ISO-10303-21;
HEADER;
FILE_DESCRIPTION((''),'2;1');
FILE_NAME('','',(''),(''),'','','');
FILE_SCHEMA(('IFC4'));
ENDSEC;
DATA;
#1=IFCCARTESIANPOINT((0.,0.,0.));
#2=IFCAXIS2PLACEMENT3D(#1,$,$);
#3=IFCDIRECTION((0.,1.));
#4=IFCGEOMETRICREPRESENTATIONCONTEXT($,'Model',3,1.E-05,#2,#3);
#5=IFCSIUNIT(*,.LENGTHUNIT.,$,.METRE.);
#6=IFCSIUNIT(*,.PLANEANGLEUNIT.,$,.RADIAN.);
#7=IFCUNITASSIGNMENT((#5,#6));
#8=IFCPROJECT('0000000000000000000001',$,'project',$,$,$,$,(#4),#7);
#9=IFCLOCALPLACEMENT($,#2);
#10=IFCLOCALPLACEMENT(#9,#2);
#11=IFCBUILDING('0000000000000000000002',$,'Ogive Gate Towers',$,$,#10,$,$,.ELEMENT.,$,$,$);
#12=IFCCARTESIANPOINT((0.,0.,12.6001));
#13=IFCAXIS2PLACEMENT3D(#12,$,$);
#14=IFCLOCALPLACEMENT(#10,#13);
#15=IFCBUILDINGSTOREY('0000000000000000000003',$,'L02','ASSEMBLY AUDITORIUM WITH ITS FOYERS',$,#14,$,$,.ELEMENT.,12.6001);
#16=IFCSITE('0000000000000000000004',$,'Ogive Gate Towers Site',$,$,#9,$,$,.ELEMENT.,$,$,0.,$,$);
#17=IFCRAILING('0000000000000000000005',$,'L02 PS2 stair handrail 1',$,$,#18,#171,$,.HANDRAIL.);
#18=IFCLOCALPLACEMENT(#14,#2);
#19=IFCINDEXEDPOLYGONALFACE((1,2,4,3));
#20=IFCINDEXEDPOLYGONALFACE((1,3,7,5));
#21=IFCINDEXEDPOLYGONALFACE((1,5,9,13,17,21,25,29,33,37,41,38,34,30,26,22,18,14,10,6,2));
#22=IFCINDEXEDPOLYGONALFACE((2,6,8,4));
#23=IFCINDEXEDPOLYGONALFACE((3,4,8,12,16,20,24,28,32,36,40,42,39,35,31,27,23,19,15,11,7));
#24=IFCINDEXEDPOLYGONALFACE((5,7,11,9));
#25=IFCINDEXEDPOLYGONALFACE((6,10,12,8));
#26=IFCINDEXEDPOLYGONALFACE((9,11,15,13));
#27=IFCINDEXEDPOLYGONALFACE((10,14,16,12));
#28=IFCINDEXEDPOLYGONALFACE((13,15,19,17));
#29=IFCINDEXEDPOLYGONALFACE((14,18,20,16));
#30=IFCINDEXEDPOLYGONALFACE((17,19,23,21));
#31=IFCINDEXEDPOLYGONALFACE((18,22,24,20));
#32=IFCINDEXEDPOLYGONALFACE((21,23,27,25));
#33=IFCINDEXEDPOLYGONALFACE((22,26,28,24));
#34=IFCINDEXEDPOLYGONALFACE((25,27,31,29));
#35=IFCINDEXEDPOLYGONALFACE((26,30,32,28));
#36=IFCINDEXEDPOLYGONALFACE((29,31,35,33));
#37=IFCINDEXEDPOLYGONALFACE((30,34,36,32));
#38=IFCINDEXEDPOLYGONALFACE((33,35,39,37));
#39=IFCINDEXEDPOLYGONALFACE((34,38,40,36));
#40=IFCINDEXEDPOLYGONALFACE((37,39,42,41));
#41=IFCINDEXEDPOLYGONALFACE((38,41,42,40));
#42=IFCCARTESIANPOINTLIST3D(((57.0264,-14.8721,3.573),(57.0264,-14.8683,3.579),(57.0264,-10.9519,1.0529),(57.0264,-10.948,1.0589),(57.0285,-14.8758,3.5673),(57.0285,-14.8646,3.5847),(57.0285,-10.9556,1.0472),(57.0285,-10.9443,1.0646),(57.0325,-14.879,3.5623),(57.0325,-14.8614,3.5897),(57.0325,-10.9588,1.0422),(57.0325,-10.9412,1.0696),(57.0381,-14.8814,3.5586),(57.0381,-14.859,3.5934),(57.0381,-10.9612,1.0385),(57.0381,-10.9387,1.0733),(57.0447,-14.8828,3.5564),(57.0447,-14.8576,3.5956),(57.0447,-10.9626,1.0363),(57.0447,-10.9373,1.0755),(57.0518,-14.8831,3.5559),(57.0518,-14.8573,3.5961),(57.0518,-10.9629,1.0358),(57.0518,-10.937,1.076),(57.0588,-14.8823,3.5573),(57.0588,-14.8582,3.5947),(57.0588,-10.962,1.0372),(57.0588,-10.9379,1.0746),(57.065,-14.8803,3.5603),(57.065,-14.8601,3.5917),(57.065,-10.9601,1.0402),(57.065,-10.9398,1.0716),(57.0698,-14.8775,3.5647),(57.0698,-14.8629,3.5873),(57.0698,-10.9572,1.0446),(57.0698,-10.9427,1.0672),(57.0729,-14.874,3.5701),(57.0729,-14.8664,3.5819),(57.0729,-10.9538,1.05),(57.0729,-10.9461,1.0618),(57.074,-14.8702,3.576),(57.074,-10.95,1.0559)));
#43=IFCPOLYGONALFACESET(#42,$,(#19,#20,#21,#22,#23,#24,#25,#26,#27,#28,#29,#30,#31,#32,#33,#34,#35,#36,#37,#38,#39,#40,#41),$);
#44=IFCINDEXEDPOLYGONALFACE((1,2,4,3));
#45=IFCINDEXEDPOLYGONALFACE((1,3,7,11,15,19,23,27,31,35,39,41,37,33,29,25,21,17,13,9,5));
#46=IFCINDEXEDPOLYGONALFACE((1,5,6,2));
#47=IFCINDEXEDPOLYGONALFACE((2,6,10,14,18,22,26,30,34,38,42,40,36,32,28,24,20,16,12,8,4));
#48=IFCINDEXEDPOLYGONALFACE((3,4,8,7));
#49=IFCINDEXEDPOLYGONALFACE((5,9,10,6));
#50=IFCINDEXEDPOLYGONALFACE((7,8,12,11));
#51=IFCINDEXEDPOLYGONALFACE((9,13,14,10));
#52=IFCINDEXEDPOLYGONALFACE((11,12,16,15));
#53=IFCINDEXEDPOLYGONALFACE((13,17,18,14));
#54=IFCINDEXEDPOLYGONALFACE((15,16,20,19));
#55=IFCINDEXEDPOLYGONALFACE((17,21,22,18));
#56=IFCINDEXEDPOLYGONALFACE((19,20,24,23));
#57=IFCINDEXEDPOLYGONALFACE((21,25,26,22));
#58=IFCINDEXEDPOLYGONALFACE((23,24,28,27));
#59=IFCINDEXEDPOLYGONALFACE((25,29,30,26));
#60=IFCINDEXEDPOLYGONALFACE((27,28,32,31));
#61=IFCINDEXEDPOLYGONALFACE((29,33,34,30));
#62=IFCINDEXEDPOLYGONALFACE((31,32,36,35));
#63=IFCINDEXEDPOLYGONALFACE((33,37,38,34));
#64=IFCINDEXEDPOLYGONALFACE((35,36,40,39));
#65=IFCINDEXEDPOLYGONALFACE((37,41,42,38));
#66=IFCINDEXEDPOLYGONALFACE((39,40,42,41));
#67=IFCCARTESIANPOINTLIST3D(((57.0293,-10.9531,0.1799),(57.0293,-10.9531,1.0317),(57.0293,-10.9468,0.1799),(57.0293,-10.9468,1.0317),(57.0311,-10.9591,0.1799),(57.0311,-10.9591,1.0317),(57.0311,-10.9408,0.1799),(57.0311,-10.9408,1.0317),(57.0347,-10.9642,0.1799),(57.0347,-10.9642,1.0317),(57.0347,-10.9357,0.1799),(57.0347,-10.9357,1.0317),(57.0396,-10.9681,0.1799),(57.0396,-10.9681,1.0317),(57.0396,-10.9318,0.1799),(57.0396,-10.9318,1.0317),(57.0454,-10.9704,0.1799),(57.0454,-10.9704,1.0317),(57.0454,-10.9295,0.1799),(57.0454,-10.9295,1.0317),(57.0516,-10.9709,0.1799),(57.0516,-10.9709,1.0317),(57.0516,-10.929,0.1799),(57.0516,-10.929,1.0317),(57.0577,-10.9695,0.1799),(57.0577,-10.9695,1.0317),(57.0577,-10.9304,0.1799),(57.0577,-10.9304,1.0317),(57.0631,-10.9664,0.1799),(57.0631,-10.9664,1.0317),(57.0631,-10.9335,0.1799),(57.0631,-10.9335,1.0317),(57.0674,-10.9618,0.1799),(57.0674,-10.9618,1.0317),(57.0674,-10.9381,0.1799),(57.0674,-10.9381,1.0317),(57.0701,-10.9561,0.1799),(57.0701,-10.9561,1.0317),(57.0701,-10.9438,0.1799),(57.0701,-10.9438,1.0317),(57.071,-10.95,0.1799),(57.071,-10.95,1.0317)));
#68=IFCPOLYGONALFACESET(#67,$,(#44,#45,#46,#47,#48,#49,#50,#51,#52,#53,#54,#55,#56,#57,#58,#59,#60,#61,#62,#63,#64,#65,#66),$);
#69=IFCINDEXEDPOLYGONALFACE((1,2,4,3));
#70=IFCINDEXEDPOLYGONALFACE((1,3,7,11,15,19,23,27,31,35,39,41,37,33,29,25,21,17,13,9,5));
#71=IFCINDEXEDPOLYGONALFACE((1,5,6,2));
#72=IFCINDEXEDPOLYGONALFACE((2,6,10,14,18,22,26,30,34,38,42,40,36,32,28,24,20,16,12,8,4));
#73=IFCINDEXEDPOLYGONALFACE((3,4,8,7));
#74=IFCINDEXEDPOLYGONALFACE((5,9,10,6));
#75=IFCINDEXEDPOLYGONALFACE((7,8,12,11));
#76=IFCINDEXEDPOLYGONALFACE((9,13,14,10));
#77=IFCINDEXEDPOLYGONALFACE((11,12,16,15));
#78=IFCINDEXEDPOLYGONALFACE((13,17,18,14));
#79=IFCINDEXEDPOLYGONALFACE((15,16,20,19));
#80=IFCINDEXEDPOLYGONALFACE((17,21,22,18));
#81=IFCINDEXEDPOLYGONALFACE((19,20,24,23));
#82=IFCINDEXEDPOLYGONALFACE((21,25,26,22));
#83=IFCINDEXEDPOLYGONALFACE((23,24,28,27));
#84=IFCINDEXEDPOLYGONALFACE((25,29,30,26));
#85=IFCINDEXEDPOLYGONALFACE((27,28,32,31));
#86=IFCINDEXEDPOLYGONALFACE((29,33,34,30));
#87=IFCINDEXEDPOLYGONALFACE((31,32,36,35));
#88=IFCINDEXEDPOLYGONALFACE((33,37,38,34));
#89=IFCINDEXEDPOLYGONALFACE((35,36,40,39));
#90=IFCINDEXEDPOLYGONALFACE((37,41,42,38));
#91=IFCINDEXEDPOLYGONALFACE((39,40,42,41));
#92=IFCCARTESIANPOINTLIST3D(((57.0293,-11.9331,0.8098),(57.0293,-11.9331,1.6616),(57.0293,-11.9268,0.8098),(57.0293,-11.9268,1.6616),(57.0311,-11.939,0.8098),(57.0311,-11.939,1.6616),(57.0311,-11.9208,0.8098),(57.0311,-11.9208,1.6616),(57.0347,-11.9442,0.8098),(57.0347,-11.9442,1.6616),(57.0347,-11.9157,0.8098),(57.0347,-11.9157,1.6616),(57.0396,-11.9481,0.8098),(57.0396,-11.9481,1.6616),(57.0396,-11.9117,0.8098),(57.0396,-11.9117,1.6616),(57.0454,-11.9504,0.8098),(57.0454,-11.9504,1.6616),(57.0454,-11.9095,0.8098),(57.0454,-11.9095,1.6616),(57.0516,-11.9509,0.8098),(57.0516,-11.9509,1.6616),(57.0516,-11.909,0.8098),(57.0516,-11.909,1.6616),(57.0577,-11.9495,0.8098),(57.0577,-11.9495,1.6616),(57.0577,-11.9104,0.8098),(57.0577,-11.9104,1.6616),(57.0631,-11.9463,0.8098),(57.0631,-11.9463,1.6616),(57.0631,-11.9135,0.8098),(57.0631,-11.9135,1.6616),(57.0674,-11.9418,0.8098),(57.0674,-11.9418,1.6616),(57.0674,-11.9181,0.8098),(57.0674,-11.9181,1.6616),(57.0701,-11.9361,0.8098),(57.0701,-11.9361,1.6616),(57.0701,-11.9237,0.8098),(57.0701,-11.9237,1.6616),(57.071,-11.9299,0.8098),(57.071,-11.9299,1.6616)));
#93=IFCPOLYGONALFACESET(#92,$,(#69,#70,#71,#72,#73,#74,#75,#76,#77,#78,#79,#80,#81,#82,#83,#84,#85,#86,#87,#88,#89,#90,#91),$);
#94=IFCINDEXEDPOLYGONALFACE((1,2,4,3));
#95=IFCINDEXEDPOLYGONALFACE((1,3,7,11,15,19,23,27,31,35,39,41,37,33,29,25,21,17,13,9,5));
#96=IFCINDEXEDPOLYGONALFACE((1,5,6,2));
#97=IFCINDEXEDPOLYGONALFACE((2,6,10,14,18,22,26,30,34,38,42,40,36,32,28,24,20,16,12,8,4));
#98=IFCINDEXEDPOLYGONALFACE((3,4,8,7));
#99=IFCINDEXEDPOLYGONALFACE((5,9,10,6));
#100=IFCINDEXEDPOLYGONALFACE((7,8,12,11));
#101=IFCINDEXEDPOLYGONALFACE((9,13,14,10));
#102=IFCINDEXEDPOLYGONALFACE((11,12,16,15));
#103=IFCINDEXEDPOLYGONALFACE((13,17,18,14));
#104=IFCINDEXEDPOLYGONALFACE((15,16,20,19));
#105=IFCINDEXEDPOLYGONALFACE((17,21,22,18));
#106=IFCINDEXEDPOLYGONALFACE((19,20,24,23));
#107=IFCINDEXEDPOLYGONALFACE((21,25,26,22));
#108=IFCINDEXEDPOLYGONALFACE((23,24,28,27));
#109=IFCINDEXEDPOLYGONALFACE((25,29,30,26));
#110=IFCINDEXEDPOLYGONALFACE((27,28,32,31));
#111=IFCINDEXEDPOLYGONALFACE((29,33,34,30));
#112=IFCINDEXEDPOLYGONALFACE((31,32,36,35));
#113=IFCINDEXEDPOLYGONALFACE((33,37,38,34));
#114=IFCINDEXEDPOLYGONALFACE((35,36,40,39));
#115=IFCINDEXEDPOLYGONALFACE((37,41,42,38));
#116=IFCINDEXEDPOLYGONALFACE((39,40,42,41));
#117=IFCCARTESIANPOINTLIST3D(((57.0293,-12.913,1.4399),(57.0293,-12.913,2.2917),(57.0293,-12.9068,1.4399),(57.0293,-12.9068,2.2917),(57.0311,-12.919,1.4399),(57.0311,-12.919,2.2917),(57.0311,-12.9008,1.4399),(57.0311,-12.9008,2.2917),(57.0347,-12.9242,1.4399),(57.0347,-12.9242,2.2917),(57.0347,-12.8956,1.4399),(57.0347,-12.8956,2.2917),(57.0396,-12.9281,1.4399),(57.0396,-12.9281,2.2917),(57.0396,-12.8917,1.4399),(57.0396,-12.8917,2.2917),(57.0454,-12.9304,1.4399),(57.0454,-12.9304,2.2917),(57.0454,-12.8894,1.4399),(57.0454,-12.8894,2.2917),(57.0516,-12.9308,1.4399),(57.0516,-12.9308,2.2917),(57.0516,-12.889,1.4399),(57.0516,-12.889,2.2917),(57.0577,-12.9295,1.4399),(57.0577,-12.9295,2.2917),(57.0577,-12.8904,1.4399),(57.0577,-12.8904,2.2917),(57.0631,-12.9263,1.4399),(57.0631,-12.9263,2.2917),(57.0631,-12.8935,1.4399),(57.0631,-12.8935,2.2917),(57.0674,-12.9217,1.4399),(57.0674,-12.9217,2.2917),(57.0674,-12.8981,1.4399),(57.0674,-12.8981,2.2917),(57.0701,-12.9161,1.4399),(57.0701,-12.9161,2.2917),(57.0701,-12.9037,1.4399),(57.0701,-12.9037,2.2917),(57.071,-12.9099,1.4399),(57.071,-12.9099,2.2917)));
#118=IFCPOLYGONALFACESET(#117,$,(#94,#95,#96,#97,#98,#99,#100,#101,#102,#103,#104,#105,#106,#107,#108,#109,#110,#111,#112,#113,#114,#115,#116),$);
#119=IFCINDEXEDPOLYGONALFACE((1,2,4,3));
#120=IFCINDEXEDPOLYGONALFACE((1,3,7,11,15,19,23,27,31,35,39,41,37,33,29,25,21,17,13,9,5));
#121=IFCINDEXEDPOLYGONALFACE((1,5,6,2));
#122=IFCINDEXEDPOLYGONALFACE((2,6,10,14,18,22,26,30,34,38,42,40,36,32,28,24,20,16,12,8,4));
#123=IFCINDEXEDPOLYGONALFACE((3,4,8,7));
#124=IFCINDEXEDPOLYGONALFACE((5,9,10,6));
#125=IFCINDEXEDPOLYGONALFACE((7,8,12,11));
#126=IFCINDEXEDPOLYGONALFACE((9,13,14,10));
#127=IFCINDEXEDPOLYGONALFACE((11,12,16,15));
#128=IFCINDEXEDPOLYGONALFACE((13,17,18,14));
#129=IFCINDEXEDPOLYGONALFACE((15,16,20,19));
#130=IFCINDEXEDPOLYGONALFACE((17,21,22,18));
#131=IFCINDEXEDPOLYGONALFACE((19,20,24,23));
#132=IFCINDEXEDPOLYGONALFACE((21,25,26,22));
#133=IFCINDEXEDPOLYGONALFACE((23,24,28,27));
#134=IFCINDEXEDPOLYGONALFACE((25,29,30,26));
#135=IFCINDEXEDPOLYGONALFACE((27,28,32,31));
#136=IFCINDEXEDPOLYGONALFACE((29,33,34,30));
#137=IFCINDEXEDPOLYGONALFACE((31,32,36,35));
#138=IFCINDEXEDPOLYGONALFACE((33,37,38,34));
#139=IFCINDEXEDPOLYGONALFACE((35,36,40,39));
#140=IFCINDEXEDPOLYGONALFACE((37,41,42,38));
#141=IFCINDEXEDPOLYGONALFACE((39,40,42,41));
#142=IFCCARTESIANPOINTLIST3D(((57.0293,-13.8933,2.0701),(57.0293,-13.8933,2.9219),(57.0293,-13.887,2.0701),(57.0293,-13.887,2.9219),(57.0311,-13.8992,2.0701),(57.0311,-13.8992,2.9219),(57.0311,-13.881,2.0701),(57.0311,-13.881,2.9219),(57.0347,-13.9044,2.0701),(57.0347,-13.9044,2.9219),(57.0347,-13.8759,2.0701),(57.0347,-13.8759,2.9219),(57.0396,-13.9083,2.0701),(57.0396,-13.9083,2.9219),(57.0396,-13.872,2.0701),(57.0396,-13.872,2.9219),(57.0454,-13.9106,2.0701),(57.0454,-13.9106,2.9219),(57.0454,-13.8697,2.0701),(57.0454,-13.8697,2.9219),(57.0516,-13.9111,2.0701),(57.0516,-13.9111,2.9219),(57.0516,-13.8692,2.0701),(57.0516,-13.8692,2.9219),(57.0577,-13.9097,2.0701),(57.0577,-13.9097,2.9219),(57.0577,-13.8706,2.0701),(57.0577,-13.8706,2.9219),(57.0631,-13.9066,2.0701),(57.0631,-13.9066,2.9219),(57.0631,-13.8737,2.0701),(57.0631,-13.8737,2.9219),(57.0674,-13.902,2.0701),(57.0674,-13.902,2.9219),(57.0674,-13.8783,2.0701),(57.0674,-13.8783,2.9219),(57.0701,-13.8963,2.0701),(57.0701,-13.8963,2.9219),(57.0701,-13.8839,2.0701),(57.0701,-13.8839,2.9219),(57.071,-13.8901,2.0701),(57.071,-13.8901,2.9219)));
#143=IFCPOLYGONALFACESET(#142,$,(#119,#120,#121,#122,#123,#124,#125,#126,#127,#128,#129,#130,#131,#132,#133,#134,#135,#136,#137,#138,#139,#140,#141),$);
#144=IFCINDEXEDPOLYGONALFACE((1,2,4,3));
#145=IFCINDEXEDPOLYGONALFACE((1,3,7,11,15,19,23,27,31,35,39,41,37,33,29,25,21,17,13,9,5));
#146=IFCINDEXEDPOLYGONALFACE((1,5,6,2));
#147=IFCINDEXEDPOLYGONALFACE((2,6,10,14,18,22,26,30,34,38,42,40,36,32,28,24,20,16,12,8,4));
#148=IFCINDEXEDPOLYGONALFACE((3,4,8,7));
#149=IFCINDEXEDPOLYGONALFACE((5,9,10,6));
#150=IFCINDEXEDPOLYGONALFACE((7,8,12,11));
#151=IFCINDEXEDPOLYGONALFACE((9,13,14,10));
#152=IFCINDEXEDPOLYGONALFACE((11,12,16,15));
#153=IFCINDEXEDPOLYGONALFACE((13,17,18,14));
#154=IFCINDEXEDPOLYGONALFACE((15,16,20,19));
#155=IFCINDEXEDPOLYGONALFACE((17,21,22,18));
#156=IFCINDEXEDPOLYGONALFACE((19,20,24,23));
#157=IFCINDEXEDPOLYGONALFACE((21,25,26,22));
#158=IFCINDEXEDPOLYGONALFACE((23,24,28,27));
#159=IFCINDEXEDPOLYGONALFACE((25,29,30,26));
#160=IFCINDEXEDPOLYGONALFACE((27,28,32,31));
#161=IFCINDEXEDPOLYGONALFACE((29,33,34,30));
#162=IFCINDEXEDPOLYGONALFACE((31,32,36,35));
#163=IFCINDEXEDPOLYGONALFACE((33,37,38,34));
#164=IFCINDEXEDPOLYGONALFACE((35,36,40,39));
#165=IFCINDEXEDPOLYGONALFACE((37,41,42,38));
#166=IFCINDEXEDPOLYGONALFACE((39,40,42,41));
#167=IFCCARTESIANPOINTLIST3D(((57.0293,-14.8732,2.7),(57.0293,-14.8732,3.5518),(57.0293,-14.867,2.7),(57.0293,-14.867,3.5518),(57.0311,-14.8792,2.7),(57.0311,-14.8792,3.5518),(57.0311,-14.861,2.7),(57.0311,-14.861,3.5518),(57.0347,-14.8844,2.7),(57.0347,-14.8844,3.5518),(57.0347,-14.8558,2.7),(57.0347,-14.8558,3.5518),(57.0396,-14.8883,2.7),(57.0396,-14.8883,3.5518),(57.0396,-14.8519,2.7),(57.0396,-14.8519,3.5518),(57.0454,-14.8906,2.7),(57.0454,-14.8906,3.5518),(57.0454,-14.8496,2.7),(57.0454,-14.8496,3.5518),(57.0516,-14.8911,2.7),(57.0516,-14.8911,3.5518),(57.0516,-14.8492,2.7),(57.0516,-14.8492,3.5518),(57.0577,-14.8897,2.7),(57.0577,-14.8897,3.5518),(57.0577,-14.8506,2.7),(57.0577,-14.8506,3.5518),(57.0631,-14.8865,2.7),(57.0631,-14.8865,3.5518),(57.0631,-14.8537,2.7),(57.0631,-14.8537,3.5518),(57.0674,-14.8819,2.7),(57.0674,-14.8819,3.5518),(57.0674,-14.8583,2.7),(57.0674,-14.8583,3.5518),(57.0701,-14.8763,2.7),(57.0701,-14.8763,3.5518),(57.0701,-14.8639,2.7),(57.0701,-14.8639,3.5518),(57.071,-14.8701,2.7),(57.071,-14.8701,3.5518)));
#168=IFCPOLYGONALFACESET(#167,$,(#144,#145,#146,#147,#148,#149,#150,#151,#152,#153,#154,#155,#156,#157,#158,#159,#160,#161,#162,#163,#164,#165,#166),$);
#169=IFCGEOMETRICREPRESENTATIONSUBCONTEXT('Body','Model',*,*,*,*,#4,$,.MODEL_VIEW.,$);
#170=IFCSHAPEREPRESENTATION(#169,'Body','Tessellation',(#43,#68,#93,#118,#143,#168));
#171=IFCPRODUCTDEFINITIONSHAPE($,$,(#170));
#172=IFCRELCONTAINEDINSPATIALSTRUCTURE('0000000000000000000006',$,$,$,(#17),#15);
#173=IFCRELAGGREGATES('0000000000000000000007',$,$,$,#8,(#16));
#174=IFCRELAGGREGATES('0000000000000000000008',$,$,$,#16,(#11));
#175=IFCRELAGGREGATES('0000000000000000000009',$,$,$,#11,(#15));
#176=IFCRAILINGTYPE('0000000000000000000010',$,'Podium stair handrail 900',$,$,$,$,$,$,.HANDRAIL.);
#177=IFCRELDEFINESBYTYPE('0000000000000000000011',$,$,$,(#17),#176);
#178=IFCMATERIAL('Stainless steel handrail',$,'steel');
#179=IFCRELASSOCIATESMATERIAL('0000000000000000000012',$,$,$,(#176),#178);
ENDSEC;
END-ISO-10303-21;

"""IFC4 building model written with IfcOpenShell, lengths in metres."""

from ifc_helpers import new_model, si_unit, direction, frame, origin, origin_2d, place, context, subcontext, project, spatial, circle, extrude, material, type_object, element, save


model = new_model("IFC4")

# Units and contexts
model_context = context("Model", 3, precision=1e-05, world=origin(), true_north=direction((0.0, 1.0)))
body_context = subcontext(model_context, "Body", "Model", "MODEL_VIEW")
ifc_project = project(units=[si_unit("LENGTHUNIT", "METRE"), si_unit("PLANEANGLEUNIT", "RADIAN")], contexts=[model_context])

# Site, building, storey
site_placement = place(None, origin())
site = spatial("IfcSite", under=ifc_project, at=site_placement, Name="Ogive Gate Towers Site", CompositionType="ELEMENT", RefElevation=0.0)
building_placement = place(site_placement, origin())
building = spatial("IfcBuilding", under=site, at=building_placement, Name="Ogive Gate Towers", CompositionType="ELEMENT")
storey_placement = place(building_placement, frame((0.0, 0.0, 12.6001)))
storey = spatial("IfcBuildingStorey", under=building, at=storey_placement, Name="L02", Description="ASSEMBLY AUDITORIUM WITH ITS FOYERS", CompositionType="ELEMENT", Elevation=12.6001)

# Railing
ifc_material_1 = material(Name="Stainless steel handrail", Category="steel")
railing_type_1 = type_object("IfcRailingType", Name="Podium stair handrail 900", PredefinedType="HANDRAIL", material=ifc_material_1)
railing_1_placement = place(storey_placement, frame((57.05, -10.95, 0.1799)))
element("IfcRailing", 1, at=railing_1_placement, inside=storey, type_object=railing_type_1, Name="L02 PS2 stair handrail 1", PredefinedType="HANDRAIL", context=body_context, shape_type="SweptSolid", body=[
    extrude(circle(Radius=0.0239, at=origin_2d()), frame((0.0, 0.0, 0.876), z_axis=(0.0, -0.841187, 0.540744), x_axis=(1.0, 0.0, 0.0)), (0.0, 0.0, 1.0), 4.6604),
    extrude(circle(Radius=0.021, at=origin_2d()), origin(), (0.0, 0.0, 1.0), 0.8518),
    extrude(circle(Radius=0.021, at=origin_2d()), frame((0.0, -0.98, 0.6299)), (0.0, 0.0, 1.0), 0.8518),
    extrude(circle(Radius=0.021, at=origin_2d()), frame((0.0, -1.96, 1.26)), (0.0, 0.0, 1.0), 0.8518),
    extrude(circle(Radius=0.021, at=origin_2d()), frame((0.0, -2.9402, 1.8901)), (0.0, 0.0, 1.0), 0.8518),
    extrude(circle(Radius=0.021, at=origin_2d()), frame((0.0, -3.9202, 2.52)), (0.0, 0.0, 1.0), 0.8518),
])

save(model, "model.ifc")
